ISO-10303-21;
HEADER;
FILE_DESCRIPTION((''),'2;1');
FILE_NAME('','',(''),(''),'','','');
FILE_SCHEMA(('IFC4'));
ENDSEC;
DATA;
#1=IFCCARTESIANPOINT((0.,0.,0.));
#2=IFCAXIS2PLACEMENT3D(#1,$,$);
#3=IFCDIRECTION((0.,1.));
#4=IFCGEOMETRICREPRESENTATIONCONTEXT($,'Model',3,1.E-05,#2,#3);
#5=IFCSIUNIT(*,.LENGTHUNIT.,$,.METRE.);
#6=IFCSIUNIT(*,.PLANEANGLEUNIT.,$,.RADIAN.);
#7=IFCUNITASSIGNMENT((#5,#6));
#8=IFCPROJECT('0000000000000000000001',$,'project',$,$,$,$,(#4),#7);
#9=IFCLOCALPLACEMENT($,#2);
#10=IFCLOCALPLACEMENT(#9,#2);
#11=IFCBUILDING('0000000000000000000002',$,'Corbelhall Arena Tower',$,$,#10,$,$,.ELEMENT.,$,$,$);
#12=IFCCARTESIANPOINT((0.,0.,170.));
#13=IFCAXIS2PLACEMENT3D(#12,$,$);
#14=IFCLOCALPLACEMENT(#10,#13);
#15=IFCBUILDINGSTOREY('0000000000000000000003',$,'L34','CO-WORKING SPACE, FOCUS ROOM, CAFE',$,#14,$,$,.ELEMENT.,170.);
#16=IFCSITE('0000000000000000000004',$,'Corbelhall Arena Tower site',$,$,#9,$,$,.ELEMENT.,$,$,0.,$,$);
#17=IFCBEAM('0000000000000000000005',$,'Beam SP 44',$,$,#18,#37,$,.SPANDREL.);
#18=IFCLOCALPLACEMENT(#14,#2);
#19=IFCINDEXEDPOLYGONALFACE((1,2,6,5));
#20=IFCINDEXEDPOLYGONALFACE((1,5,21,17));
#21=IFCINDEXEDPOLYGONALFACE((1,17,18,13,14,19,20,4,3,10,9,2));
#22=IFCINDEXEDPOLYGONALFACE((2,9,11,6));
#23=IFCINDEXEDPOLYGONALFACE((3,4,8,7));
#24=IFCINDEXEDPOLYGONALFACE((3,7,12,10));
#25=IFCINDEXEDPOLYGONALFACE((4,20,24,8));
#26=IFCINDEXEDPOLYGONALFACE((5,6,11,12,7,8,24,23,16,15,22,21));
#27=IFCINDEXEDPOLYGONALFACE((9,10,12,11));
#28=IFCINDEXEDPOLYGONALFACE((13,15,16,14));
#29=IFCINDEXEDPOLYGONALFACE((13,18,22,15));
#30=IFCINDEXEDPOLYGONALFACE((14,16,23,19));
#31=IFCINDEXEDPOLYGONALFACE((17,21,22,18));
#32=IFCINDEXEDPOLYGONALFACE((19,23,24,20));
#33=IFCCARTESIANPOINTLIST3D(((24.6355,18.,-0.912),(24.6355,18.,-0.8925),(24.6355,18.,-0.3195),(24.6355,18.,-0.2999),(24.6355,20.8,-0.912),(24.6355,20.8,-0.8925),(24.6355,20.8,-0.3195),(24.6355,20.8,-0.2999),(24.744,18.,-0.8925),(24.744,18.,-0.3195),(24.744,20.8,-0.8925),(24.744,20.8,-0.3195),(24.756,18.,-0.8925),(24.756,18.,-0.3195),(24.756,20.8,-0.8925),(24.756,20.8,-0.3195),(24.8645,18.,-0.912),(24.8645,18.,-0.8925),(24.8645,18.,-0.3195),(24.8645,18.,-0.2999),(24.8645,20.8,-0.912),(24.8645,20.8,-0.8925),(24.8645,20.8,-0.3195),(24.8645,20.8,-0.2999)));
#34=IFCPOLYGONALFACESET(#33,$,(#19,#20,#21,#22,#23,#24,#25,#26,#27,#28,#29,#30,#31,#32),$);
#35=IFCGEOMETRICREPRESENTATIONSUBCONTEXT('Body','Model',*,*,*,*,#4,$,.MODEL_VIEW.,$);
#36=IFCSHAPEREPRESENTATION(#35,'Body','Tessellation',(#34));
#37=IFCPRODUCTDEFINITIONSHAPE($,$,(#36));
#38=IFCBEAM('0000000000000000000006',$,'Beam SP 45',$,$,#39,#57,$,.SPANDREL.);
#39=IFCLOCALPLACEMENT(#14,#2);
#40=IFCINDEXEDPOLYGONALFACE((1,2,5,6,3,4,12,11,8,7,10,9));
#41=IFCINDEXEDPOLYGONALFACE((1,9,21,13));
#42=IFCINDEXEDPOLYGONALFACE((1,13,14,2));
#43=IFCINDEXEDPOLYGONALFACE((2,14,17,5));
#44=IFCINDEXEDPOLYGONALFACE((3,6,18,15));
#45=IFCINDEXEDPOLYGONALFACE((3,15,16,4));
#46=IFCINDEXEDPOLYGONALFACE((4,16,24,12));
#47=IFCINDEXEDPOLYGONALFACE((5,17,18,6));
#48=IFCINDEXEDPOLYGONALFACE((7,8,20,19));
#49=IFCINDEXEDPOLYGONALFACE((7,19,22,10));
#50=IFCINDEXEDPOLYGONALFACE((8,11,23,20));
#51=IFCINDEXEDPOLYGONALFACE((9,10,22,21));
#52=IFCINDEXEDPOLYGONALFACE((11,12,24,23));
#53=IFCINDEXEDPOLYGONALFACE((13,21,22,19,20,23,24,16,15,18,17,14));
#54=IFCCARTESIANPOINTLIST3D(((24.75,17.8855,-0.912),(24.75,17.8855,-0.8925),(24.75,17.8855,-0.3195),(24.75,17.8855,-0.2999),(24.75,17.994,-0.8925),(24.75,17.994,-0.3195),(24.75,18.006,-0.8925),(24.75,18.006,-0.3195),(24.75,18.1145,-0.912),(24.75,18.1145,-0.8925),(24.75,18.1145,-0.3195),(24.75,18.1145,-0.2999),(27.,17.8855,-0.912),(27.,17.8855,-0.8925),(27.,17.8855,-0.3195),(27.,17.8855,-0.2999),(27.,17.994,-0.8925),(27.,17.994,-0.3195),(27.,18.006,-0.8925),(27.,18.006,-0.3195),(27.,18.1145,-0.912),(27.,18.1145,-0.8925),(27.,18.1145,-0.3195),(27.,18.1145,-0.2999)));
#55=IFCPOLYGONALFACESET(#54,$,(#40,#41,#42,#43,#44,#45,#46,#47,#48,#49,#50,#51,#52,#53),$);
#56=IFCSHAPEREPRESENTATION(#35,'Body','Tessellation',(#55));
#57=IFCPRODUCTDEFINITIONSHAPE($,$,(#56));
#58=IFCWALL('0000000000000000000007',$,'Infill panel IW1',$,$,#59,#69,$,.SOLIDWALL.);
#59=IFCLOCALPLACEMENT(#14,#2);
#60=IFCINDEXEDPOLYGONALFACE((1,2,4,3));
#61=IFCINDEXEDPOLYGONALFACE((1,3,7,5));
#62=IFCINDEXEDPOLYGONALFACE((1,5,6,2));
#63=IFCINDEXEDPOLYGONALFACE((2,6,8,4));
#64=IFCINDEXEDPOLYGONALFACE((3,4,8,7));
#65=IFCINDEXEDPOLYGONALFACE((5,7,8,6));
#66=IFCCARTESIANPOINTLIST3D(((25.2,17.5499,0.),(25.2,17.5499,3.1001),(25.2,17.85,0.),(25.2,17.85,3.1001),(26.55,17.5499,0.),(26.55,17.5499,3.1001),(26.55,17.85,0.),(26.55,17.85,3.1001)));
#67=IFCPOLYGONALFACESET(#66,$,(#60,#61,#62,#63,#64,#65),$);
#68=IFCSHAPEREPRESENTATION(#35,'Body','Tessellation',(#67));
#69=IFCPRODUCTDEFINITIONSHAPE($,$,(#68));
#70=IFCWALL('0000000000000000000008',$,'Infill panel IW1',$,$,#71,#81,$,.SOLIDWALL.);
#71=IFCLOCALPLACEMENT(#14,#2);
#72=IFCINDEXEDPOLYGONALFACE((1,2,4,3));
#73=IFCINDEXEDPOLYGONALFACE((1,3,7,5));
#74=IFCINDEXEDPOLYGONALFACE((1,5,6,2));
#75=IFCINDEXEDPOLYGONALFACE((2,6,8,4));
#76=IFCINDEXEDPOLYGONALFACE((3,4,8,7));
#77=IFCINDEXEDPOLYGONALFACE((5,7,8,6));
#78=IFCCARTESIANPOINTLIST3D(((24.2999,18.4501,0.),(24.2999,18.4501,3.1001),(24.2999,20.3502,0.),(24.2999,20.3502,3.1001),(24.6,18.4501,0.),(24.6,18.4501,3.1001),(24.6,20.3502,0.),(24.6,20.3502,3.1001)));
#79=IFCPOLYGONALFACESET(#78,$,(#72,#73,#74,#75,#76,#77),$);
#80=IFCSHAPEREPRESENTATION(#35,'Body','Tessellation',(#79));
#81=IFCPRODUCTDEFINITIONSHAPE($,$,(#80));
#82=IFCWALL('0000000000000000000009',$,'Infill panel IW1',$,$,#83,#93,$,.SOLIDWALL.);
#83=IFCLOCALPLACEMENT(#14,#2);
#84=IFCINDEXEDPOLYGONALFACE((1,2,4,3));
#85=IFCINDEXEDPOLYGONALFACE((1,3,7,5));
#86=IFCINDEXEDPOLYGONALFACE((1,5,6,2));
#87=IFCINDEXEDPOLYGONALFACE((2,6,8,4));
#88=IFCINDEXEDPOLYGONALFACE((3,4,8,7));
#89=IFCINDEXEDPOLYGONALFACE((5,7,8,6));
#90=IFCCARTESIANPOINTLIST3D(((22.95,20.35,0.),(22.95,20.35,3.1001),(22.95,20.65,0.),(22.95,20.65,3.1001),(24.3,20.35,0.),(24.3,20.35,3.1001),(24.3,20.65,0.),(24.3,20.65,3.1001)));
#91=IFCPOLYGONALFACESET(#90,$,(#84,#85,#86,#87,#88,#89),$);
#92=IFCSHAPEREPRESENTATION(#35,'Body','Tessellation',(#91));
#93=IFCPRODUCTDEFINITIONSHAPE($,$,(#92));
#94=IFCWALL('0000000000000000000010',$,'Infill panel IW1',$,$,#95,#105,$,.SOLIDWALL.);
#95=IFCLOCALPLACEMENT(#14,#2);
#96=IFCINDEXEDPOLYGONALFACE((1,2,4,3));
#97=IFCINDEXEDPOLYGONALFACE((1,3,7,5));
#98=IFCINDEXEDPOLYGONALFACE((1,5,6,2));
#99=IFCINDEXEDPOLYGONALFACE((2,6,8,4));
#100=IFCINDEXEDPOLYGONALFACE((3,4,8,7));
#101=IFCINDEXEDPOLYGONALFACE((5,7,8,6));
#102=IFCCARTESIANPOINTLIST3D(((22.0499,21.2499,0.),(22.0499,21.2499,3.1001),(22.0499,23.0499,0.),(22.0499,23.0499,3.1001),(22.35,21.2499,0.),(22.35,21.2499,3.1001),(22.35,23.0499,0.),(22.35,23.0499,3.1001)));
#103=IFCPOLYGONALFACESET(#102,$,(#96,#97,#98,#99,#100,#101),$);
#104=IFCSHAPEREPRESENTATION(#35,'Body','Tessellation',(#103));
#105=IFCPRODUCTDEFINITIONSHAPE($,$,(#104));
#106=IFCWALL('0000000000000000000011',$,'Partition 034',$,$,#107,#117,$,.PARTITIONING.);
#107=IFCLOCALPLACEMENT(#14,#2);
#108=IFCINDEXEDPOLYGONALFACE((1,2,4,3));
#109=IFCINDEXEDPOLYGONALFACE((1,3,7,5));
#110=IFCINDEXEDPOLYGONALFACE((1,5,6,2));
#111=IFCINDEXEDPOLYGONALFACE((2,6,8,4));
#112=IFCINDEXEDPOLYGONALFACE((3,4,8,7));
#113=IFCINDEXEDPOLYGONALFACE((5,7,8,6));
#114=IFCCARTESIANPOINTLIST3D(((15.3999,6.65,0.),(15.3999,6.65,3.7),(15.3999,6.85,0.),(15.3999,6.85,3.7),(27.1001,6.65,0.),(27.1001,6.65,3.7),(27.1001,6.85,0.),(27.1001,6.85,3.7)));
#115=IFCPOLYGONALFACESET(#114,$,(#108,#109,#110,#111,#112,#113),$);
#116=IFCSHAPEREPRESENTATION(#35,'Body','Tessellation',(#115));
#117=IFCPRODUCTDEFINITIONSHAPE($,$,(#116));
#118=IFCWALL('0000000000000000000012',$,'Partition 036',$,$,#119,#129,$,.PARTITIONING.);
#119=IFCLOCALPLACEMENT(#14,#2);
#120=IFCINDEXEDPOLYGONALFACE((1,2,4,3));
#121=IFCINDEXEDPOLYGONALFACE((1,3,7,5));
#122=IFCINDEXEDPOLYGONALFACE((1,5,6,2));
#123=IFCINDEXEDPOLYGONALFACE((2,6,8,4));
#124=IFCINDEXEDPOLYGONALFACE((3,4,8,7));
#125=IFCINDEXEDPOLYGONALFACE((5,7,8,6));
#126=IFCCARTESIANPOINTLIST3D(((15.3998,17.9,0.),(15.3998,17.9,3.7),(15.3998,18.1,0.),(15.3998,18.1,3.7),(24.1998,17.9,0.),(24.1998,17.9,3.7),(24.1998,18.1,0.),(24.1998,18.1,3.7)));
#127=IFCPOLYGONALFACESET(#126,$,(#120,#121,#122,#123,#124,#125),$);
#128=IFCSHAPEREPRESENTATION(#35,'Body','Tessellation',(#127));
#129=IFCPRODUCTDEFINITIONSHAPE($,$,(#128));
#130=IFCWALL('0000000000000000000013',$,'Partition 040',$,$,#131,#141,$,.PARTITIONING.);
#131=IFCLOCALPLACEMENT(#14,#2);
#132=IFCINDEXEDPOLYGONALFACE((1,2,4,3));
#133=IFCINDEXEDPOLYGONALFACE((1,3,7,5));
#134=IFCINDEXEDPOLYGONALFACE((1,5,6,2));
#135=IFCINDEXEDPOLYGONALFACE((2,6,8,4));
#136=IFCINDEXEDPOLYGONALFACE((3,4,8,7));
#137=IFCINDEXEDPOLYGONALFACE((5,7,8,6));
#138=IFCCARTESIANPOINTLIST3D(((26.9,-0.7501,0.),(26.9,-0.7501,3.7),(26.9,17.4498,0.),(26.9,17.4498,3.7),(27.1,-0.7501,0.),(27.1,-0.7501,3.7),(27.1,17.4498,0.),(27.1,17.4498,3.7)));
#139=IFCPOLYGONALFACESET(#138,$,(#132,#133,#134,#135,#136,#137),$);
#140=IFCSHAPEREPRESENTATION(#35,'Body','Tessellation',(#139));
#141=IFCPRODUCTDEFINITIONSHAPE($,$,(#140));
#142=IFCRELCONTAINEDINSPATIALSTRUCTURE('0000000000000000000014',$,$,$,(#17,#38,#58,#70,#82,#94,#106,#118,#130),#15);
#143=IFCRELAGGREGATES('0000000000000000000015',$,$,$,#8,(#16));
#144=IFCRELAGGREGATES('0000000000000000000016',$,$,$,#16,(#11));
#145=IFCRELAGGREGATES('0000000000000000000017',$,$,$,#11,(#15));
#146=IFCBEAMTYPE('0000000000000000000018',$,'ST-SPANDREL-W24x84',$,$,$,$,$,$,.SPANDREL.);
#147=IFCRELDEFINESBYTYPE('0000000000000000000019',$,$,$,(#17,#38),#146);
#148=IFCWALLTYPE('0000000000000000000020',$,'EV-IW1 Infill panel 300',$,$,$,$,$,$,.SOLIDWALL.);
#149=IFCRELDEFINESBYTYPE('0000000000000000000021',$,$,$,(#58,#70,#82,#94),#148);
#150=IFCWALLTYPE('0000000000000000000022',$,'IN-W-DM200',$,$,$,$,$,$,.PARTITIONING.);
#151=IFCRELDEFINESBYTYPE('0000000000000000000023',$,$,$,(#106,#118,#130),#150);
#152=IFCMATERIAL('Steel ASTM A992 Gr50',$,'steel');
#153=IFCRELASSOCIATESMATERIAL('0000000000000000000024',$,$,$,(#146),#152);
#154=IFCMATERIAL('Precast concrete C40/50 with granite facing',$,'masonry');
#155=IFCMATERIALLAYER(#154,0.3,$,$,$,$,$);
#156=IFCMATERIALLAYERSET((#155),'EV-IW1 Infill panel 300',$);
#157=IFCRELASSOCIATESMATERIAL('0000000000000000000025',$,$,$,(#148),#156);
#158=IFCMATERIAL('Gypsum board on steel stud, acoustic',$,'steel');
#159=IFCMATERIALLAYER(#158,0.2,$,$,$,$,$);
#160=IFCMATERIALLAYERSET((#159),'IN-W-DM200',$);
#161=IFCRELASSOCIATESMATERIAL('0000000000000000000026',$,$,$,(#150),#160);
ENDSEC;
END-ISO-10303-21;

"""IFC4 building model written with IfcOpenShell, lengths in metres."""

from ifc_helpers import new_model, si_unit, direction, frame, frame_2d, origin, origin_2d, place, context, subcontext, project, spatial, rectangle, i_section, extrude, material, layer, layer_set, material_profile, profile_set, type_object, element, save


model = new_model("IFC4")

# Units and contexts
model_context = context("Model", 3, precision=1e-05, world=origin(), true_north=direction((0.0, 1.0)))
body_context = subcontext(model_context, "Body", "Model", "MODEL_VIEW")
ifc_project = project(units=[si_unit("LENGTHUNIT", "METRE"), si_unit("PLANEANGLEUNIT", "RADIAN")], contexts=[model_context])

# Site, building, storey
site_placement = place(None, origin())
site = spatial("IfcSite", under=ifc_project, at=site_placement, Name="Corbelhall Arena Tower site", CompositionType="ELEMENT", RefElevation=0.0)
building_placement = place(site_placement, origin())
building = spatial("IfcBuilding", under=site, at=building_placement, Name="Corbelhall Arena Tower", CompositionType="ELEMENT")
storey_placement = place(building_placement, frame((0.0, 0.0, 170.0)))
storey = spatial("IfcBuildingStorey", under=building, at=storey_placement, Name="L34", Description="CO-WORKING SPACE, FOCUS ROOM, CAFE", CompositionType="ELEMENT", Elevation=170.0)

# Beams
ifc_material_1 = material(Name="Steel ASTM A992 Gr50", Category="steel")
ifc_material_profile_1 = material_profile(ifc_material_1, i_section(OverallWidth=0.229, OverallDepth=0.6121, WebThickness=0.012, FlangeThickness=0.0195, at=origin_2d()))
ifc_profile_set_1 = profile_set([ifc_material_profile_1], Name="Steel ASTM A992 Gr50")
beam_type = type_object("IfcBeamType", Name="ST-SPANDREL-W24x84", PredefinedType="SPANDREL", material=ifc_profile_set_1)
beam_1_placement = place(storey_placement, frame((24.75, 20.8, -0.606), z_axis=(0.0, -1.0, 0.0), x_axis=(1.0, 0.0, 0.0)))
element("IfcBeam", 1, at=beam_1_placement, inside=storey, type_object=beam_type, Name="Beam SP 44", PredefinedType="SPANDREL", context=body_context, shape_type="SweptSolid", body=[
    extrude(i_section(OverallWidth=0.229, OverallDepth=0.6121, WebThickness=0.012, FlangeThickness=0.0195, at=origin_2d()), origin(), (0.0, 0.0, 1.0), 2.8),
])
beam_2_placement = place(storey_placement, frame((24.75, 18.0, -0.606), z_axis=(1.0, 0.0, 0.0), x_axis=(0.0, 1.0, 0.0)))
element("IfcBeam", 2, at=beam_2_placement, inside=storey, type_object=beam_type, Name="Beam SP 45", PredefinedType="SPANDREL", context=body_context, shape_type="SweptSolid", body=[
    extrude(i_section(OverallWidth=0.229, OverallDepth=0.6121, WebThickness=0.012, FlangeThickness=0.0195, at=origin_2d()), origin(), (0.0, 0.0, 1.0), 2.25),
])

# Walls
ifc_material_2 = material(Name="Precast concrete C40/50 with granite facing", Category="masonry")
ifc_layer_1 = layer(ifc_material_2, 0.3)
ifc_layer_set_1 = layer_set([ifc_layer_1], Name="EV-IW1 Infill panel 300")
wall_type_1 = type_object("IfcWallType", Name="EV-IW1 Infill panel 300", PredefinedType="SOLIDWALL", material=ifc_layer_set_1)
wall_1_placement = place(storey_placement, frame((26.55, 17.7, 0.0), z_axis=(0.0, 0.0, 1.0), x_axis=(-1.0, 0.0, 0.0)))
element("IfcWall", 3, at=wall_1_placement, inside=storey, type_object=wall_type_1, Name="Infill panel IW1", PredefinedType="SOLIDWALL", context=body_context, shape_type="SweptSolid", body=[
    extrude(rectangle(XDim=1.3501, YDim=0.3, at=frame_2d((0.675, 0.0))), origin(), (0.0, 0.0, 1.0), 3.1001),
])
wall_2_placement = place(storey_placement, frame((24.45, 18.45, 0.0), z_axis=(0.0, 0.0, 1.0), x_axis=(0.0, 1.0, 0.0)))
element("IfcWall", 4, at=wall_2_placement, inside=storey, type_object=wall_type_1, Name="Infill panel IW1", PredefinedType="SOLIDWALL", context=body_context, shape_type="SweptSolid", body=[
    extrude(rectangle(XDim=1.9001, YDim=0.3, at=frame_2d((0.9502, 0.0))), origin(), (0.0, 0.0, 1.0), 3.1001),
])
wall_3_placement = place(storey_placement, frame((24.3, 20.5, 0.0), z_axis=(0.0, 0.0, 1.0), x_axis=(-1.0, 0.0, 0.0)))
element("IfcWall", 5, at=wall_3_placement, inside=storey, type_object=wall_type_1, Name="Infill panel IW1", PredefinedType="SOLIDWALL", context=body_context, shape_type="SweptSolid", body=[
    extrude(rectangle(XDim=1.3501, YDim=0.3, at=frame_2d((0.675, 0.0))), origin(), (0.0, 0.0, 1.0), 3.1001),
])
wall_4_placement = place(storey_placement, frame((22.2, 21.25, 0.0), z_axis=(0.0, 0.0, 1.0), x_axis=(0.0, 1.0, 0.0)))
element("IfcWall", 6, at=wall_4_placement, inside=storey, type_object=wall_type_1, Name="Infill panel IW1", PredefinedType="SOLIDWALL", context=body_context, shape_type="SweptSolid", body=[
    extrude(rectangle(XDim=1.8, YDim=0.3, at=frame_2d((0.8999, 0.0))), origin(), (0.0, 0.0, 1.0), 3.1001),
])

# Wall
ifc_material_3 = material(Name="Gypsum board on steel stud, acoustic", Category="steel")
ifc_layer_2 = layer(ifc_material_3, 0.2)
ifc_layer_set_2 = layer_set([ifc_layer_2], Name="IN-W-DM200")
wall_type_2 = type_object("IfcWallType", Name="IN-W-DM200", PredefinedType="PARTITIONING", material=ifc_layer_set_2)
wall_5_placement = place(storey_placement, frame((15.3999, 6.75, 0.0), z_axis=(0.0, 0.0, 1.0), x_axis=(1.0, 0.0, 0.0)))
element("IfcWall", 7, at=wall_5_placement, inside=storey, type_object=wall_type_2, Name="Partition 034", PredefinedType="PARTITIONING", context=body_context, shape_type="SweptSolid", body=[
    extrude(rectangle(XDim=11.7002, YDim=0.2, at=frame_2d((5.8501, 0.0))), origin(), (0.0, 0.0, 1.0), 3.7),
])

# Wall
wall_6_placement = place(storey_placement, frame((15.3999, 18.0, 0.0), z_axis=(0.0, 0.0, 1.0), x_axis=(1.0, 0.0, 0.0)))
element("IfcWall", 8, at=wall_6_placement, inside=storey, type_object=wall_type_2, Name="Partition 036", PredefinedType="PARTITIONING", context=body_context, shape_type="SweptSolid", body=[
    extrude(rectangle(XDim=8.8, YDim=0.2, at=frame_2d((4.3999, 0.0))), origin(), (0.0, 0.0, 1.0), 3.7),
])

# Wall
wall_7_placement = place(storey_placement, frame((27.0, 17.45, 0.0), z_axis=(0.0, 0.0, 1.0), x_axis=(0.0, -1.0, 0.0)))
element("IfcWall", 9, at=wall_7_placement, inside=storey, type_object=wall_type_2, Name="Partition 040", PredefinedType="PARTITIONING", context=body_context, shape_type="SweptSolid", body=[
    extrude(rectangle(XDim=18.2, YDim=0.2, at=frame_2d((9.1001, 0.0))), origin(), (0.0, 0.0, 1.0), 3.7),
])

save(model, "model.ifc")
